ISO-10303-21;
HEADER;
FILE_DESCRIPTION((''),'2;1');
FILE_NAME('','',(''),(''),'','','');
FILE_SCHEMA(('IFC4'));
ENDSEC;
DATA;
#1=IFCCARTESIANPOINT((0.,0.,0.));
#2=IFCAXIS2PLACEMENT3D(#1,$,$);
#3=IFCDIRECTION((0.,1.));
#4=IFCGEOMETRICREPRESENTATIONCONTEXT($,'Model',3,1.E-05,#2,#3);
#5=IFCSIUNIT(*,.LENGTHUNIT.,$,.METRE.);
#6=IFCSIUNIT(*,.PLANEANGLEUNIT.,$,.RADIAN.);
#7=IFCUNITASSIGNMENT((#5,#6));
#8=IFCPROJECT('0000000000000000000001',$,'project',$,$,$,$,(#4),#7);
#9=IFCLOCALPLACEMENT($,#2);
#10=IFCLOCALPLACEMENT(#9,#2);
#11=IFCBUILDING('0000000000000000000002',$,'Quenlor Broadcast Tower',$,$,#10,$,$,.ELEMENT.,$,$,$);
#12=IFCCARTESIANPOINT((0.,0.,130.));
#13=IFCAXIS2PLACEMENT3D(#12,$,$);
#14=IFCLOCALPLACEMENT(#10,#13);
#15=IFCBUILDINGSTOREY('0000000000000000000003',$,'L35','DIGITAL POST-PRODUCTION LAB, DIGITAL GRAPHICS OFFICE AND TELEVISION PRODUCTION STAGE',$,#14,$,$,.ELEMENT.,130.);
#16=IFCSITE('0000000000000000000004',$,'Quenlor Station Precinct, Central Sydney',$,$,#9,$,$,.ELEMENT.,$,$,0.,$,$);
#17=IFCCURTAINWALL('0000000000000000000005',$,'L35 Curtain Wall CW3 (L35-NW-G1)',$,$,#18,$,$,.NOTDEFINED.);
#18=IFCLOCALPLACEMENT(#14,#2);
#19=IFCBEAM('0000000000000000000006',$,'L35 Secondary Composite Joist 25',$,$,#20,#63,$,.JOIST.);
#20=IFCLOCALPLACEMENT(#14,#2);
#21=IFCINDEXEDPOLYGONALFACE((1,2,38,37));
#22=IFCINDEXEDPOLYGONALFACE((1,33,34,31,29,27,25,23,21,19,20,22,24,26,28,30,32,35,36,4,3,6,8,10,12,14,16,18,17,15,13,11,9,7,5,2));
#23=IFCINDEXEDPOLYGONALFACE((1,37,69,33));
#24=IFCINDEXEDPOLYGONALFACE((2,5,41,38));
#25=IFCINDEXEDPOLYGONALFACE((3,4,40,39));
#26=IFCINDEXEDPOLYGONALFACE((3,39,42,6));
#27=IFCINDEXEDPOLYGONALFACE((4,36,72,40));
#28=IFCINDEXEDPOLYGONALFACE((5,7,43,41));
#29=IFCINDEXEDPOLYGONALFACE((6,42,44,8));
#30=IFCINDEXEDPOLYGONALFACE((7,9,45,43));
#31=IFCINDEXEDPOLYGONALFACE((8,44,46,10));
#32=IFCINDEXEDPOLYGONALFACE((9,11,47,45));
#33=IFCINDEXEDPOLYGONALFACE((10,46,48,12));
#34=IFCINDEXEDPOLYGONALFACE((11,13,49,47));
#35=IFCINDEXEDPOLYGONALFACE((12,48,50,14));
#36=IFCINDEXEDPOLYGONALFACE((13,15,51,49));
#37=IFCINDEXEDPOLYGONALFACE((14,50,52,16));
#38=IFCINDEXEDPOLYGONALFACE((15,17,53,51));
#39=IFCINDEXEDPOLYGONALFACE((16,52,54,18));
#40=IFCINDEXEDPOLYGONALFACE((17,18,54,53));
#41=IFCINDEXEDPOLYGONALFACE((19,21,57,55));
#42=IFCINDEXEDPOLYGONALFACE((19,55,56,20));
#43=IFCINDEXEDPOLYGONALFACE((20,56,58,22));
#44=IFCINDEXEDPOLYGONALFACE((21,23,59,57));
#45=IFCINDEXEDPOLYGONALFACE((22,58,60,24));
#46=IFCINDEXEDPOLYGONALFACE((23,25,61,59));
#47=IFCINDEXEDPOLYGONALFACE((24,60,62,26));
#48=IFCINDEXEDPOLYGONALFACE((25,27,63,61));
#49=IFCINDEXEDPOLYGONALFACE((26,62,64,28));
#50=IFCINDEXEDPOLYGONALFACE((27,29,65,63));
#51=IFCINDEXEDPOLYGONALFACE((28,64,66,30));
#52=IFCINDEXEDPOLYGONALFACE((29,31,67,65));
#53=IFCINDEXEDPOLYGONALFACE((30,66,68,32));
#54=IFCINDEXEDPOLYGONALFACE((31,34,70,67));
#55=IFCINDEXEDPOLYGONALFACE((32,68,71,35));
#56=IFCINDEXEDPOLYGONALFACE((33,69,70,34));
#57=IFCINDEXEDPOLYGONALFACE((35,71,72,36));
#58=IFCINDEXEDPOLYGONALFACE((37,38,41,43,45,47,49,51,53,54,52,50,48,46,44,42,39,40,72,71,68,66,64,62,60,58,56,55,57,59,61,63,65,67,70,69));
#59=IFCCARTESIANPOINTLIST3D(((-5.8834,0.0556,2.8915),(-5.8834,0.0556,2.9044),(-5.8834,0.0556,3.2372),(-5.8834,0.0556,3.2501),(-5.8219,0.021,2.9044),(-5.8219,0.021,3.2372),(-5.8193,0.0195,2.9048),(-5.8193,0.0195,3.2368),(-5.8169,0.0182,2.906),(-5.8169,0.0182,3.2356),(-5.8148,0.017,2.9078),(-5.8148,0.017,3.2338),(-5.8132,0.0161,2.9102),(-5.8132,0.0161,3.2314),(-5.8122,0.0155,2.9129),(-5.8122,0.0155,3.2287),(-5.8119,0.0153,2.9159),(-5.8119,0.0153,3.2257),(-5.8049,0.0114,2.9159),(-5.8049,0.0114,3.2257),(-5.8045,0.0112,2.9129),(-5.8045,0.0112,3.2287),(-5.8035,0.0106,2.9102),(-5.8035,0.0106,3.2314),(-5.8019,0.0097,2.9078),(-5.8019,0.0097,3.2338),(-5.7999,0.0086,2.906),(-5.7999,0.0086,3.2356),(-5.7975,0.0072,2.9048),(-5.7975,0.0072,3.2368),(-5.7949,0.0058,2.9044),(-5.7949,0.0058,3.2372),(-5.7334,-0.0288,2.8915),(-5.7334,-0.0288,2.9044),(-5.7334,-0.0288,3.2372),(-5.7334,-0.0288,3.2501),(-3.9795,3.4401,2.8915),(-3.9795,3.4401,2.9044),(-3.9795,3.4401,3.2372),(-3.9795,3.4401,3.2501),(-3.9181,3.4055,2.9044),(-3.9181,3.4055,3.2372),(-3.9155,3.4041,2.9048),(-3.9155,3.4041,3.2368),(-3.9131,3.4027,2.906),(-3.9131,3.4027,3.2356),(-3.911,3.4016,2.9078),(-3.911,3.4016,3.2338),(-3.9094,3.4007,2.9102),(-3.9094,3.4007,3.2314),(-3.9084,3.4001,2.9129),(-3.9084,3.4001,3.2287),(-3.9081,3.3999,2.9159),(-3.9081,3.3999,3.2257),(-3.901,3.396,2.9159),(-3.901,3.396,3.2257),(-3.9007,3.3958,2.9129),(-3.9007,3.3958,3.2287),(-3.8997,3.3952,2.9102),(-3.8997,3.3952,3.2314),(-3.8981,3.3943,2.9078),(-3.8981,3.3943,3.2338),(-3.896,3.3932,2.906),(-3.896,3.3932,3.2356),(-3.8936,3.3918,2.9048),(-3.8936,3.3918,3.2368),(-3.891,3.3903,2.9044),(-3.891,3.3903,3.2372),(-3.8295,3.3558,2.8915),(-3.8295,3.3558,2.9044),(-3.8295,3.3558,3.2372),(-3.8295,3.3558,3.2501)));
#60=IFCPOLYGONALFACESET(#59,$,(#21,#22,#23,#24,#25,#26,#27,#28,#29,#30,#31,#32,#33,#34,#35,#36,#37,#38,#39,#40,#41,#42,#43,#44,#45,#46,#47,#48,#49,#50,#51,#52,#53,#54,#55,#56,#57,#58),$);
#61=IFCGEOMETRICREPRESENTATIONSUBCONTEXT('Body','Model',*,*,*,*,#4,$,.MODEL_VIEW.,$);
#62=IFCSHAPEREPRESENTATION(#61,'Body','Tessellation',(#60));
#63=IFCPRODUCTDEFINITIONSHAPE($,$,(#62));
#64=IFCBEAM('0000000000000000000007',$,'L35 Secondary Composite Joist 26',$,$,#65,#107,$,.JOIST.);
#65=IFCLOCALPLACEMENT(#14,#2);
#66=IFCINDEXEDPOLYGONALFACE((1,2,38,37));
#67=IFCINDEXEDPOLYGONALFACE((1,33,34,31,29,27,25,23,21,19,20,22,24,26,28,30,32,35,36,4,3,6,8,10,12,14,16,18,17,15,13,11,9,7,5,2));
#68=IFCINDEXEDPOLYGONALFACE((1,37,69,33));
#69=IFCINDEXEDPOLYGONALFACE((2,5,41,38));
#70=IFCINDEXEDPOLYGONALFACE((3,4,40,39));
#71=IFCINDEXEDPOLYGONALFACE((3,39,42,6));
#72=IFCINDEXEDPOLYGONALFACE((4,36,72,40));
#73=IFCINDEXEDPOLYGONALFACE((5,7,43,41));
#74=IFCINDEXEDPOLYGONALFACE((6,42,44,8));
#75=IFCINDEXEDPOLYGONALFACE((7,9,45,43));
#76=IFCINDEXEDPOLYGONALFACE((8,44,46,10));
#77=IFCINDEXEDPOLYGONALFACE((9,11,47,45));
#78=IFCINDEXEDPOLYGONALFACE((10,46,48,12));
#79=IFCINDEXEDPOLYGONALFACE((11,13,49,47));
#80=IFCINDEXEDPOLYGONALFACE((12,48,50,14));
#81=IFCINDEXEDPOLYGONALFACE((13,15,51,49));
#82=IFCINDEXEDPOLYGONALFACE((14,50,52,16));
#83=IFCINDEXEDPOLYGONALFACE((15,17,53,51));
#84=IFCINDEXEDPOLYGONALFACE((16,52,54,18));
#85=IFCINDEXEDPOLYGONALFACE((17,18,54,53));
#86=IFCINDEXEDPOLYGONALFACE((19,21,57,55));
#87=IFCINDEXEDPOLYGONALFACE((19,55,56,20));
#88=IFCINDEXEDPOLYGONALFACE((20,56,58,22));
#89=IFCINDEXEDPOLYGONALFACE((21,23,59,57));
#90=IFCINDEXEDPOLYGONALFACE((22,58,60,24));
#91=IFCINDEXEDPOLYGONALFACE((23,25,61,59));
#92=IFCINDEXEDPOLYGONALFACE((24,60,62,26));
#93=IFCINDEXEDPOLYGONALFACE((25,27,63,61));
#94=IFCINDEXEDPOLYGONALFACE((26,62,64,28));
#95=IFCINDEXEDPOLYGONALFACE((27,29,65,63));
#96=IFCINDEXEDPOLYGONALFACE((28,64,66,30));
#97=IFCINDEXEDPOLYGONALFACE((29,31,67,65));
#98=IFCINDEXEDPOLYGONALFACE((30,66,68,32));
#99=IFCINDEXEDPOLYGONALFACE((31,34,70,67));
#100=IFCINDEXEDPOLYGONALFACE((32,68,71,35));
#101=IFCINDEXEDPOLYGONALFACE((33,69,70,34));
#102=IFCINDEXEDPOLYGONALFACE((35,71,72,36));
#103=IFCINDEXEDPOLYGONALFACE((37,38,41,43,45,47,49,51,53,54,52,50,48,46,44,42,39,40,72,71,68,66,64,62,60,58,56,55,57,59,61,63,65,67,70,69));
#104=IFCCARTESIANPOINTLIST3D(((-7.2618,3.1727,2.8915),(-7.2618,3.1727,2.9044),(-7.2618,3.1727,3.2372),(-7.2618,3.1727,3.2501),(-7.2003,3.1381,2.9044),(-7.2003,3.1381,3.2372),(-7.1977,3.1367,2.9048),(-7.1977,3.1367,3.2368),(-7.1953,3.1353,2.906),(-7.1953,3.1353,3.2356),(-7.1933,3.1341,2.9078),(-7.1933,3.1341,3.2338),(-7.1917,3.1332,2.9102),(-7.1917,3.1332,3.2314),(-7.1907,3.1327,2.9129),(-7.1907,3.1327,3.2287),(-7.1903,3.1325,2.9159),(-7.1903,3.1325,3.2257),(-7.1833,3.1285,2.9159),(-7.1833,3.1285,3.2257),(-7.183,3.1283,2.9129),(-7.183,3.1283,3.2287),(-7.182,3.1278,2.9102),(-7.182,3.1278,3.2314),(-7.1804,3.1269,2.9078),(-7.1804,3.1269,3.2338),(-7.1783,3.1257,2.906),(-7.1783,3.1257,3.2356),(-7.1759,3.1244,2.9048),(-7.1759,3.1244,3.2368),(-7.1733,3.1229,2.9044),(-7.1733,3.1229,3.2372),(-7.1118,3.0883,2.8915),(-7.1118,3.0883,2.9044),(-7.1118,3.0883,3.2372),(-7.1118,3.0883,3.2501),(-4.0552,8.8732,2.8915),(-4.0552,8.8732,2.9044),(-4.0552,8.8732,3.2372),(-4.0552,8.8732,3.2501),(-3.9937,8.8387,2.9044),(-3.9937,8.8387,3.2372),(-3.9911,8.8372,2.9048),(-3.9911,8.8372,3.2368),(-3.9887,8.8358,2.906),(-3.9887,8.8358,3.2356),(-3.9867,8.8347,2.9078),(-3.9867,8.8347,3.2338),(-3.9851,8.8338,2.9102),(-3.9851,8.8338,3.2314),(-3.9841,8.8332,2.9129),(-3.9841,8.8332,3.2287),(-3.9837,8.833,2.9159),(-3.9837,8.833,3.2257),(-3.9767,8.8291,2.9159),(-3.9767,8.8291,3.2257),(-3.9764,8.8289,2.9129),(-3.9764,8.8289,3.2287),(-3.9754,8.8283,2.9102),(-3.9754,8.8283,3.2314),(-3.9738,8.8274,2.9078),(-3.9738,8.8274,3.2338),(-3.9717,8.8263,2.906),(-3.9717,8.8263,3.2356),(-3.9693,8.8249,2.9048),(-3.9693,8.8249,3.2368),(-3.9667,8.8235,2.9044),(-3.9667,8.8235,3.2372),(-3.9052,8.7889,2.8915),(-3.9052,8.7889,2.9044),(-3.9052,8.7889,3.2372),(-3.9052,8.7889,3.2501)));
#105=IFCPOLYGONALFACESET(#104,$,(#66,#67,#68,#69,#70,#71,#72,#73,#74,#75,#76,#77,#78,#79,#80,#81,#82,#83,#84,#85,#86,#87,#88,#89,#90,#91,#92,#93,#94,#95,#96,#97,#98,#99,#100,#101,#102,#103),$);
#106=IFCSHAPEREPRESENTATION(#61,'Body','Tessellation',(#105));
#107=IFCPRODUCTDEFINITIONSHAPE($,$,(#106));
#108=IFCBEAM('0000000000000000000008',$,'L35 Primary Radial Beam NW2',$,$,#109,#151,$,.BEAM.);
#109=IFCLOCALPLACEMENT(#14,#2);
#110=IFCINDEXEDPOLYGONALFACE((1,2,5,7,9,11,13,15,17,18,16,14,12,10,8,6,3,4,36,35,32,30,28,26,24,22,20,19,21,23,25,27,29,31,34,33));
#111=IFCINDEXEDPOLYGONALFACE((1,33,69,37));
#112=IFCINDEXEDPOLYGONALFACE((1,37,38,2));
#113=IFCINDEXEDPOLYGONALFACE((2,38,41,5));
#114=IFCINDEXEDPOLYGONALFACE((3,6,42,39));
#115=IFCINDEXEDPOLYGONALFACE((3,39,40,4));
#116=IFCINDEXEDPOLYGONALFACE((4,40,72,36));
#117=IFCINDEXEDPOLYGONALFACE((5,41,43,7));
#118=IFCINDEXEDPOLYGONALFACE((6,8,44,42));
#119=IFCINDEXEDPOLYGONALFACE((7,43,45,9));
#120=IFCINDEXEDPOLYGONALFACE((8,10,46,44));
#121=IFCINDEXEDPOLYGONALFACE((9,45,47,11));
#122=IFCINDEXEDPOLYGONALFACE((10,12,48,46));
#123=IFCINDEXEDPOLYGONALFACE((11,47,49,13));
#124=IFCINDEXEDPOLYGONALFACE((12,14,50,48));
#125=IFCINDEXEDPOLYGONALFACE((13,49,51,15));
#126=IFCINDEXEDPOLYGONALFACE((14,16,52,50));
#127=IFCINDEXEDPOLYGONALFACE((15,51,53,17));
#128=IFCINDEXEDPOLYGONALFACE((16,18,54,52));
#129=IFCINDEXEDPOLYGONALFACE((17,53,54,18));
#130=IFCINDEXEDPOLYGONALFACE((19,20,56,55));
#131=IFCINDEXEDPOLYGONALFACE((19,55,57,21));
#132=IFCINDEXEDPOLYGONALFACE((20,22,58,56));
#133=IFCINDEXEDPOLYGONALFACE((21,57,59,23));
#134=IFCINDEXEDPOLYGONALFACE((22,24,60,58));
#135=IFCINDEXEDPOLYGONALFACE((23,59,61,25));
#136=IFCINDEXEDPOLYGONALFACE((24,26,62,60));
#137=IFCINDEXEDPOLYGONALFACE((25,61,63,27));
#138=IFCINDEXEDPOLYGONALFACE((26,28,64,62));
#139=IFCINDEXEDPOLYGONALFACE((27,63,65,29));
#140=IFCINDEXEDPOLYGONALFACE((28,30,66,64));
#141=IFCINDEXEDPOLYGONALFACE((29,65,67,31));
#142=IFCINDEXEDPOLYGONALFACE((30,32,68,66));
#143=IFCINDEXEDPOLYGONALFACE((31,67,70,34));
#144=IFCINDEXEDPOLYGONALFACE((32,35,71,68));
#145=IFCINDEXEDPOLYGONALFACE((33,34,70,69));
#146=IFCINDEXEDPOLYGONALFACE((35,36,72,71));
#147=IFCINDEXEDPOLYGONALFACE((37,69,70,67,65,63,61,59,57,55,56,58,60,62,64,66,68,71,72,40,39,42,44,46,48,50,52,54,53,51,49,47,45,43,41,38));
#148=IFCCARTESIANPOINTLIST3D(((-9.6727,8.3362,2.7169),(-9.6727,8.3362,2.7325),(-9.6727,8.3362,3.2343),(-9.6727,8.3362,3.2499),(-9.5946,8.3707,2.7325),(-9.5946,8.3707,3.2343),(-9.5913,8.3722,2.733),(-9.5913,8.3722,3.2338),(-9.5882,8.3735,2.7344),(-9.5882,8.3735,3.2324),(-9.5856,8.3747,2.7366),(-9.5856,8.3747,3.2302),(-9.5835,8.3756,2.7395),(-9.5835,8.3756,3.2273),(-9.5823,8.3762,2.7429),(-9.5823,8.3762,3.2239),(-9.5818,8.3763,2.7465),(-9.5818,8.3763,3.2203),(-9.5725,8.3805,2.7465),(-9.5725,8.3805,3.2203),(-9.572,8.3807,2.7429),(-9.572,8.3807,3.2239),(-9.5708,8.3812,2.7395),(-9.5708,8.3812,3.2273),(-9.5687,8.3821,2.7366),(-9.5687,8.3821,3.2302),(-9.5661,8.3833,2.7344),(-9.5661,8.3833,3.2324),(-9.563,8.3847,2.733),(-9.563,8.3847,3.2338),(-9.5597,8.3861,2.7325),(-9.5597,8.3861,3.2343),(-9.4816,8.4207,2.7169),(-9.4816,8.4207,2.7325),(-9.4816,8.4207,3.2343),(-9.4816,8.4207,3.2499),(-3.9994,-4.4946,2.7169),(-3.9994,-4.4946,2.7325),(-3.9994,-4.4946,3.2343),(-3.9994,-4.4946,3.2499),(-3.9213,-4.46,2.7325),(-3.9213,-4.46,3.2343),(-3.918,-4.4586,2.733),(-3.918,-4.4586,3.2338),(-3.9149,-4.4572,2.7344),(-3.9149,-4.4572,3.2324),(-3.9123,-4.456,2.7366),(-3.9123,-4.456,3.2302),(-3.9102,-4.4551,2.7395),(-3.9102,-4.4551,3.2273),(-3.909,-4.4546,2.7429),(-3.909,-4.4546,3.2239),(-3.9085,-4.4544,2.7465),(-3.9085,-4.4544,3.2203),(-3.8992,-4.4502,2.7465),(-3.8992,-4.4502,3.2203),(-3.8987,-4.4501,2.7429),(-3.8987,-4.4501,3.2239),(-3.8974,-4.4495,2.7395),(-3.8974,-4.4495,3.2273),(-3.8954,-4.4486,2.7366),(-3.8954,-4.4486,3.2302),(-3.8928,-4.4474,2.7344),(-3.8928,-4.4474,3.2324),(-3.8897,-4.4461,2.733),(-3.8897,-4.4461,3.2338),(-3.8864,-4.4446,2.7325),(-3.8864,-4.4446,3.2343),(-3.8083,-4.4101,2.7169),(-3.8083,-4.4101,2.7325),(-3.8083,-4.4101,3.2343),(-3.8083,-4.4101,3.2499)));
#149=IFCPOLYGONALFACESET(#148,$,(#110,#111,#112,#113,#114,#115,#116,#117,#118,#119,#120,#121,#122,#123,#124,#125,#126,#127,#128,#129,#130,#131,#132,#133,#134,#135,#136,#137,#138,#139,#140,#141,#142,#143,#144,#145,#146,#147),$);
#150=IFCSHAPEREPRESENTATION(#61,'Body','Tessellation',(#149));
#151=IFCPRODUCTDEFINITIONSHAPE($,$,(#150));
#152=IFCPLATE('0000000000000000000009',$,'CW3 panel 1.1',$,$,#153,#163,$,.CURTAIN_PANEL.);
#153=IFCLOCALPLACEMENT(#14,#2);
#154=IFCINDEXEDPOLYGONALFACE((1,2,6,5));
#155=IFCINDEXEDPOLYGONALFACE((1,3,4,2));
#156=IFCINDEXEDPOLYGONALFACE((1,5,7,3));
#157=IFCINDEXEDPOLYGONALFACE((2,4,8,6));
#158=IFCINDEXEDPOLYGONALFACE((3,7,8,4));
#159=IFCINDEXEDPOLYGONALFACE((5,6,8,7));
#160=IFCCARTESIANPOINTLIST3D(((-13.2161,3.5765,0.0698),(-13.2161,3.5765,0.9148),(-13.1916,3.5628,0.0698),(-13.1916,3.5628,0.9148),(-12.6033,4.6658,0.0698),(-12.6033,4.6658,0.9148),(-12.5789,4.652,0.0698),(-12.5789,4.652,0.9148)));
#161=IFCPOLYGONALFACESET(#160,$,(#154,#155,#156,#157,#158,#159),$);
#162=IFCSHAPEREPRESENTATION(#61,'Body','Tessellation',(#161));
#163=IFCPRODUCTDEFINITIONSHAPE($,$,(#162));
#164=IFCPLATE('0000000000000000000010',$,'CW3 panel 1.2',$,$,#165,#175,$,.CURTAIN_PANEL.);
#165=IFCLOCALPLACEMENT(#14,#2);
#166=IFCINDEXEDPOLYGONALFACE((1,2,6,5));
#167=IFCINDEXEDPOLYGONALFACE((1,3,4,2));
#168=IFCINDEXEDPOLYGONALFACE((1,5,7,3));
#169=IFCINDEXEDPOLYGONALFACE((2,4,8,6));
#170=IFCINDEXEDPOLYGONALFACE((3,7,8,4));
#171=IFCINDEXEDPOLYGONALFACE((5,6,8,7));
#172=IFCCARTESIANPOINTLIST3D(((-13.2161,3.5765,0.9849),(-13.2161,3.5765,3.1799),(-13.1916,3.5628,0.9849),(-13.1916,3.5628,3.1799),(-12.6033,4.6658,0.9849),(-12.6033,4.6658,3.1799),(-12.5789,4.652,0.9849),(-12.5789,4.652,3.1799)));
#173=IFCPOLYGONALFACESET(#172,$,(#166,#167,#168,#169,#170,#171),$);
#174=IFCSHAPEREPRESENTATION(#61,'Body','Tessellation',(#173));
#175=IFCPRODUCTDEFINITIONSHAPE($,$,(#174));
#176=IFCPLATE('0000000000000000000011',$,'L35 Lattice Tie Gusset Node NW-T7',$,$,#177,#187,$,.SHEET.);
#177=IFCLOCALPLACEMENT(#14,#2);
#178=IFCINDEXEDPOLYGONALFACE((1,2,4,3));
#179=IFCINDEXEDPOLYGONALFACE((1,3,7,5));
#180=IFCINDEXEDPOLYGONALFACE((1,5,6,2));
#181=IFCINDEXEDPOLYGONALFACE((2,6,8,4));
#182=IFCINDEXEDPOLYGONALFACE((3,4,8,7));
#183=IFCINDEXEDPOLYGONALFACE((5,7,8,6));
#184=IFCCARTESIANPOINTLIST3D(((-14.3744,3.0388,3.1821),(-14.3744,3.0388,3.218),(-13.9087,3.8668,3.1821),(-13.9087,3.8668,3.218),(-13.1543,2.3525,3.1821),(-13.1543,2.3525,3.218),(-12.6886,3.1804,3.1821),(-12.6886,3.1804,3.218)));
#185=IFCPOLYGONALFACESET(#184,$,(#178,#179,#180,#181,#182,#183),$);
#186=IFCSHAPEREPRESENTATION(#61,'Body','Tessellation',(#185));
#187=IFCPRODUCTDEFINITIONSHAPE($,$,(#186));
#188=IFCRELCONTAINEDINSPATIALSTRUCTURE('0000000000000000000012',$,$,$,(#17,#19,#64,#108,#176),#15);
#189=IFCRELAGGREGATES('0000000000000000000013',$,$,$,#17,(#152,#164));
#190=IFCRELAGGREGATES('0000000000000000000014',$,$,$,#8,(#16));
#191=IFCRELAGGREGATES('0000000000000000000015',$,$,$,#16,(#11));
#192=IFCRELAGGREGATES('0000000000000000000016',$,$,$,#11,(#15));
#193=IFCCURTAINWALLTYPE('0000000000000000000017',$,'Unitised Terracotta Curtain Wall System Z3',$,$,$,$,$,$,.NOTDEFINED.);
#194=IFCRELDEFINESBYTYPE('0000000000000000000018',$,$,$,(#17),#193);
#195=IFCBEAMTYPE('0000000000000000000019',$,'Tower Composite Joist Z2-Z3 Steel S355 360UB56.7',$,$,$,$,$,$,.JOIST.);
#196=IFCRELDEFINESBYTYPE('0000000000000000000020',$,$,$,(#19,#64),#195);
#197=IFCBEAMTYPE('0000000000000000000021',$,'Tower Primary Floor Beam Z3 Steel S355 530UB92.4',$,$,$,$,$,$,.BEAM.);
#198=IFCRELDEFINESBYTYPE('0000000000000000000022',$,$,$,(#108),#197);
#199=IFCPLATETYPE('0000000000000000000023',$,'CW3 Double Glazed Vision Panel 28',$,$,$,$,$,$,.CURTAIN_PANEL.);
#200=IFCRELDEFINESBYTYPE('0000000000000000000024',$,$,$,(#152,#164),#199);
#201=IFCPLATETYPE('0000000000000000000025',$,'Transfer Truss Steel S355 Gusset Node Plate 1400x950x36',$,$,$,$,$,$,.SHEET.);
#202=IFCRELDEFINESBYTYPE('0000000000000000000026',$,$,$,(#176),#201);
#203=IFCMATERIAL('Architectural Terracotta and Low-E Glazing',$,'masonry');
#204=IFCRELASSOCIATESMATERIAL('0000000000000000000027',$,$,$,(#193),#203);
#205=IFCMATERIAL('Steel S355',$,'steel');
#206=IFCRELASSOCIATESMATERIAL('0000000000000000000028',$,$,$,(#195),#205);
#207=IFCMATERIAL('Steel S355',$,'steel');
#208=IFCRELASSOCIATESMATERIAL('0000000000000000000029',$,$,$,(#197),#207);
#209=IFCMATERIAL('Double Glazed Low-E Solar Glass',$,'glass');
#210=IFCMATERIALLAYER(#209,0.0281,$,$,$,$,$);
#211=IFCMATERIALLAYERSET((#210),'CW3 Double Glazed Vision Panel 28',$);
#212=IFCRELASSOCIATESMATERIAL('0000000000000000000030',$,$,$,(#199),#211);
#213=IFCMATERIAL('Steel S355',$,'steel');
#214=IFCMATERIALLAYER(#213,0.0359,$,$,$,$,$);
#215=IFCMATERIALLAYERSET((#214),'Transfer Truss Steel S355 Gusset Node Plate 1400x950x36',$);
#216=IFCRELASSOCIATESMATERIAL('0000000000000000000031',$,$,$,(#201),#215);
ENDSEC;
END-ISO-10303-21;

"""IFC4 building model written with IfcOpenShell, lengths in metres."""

from ifc_helpers import new_model, si_unit, direction, frame, origin, origin_2d, place, context, subcontext, project, spatial, rectangle, i_section, extrude, material, layer, layer_set, material_profile, profile_set, type_object, element, aggregate, save


model = new_model("IFC4")

# Units and contexts
model_context = context("Model", 3, precision=1e-05, world=origin(), true_north=direction((0.0, 1.0)))
body_context = subcontext(model_context, "Body", "Model", "MODEL_VIEW")
ifc_project = project(units=[si_unit("LENGTHUNIT", "METRE"), si_unit("PLANEANGLEUNIT", "RADIAN")], contexts=[model_context])

# Site, building, storey
site_placement = place(None, origin())
site = spatial("IfcSite", under=ifc_project, at=site_placement, Name="Quenlor Station Precinct, Central Sydney", CompositionType="ELEMENT", RefElevation=0.0)
building_placement = place(site_placement, origin())
building = spatial("IfcBuilding", under=site, at=building_placement, Name="Quenlor Broadcast Tower", CompositionType="ELEMENT")
storey_placement = place(building_placement, frame((0.0, 0.0, 130.0)))
storey = spatial("IfcBuildingStorey", under=building, at=storey_placement, Name="L35", Description="DIGITAL POST-PRODUCTION LAB, DIGITAL GRAPHICS OFFICE AND TELEVISION PRODUCTION STAGE", CompositionType="ELEMENT", Elevation=130.0)

# Shared definitions
ifc_material_1 = material(Name="Architectural Terracotta and Low-E Glazing", Category="masonry")
curtain_wall_type = type_object("IfcCurtainWallType", Name="Unitised Terracotta Curtain Wall System Z3", PredefinedType="NOTDEFINED", material=ifc_material_1)

# Curtain wall
curtain_wall_1_placement = place(storey_placement, origin())
curtain_wall_1 = element("IfcCurtainWall", 1, at=curtain_wall_1_placement, inside=storey, type_object=curtain_wall_type, Name="L35 Curtain Wall CW3 (L35-NW-G1)", PredefinedType="NOTDEFINED")

# Beams
ifc_material_2 = material(Name="Steel S355", Category="steel")
ifc_material_profile_1 = material_profile(ifc_material_2, i_section(OverallWidth=0.1721, OverallDepth=0.3586, WebThickness=0.0081, FlangeThickness=0.0129, FilletRadius=0.0115, at=origin_2d()))
ifc_profile_set_1 = profile_set([ifc_material_profile_1], Name="Steel S355 360UB56.7")
beam_type_1 = type_object("IfcBeamType", Name="Tower Composite Joist Z2-Z3 Steel S355 360UB56.7", PredefinedType="JOIST", material=ifc_profile_set_1)
beam_1_placement = place(storey_placement, frame((-3.9045, 3.3979, 3.0708), z_axis=(-0.490264, -0.871574, 0.0), x_axis=(0.871574, -0.490264, 0.0)))
element("IfcBeam", 2, at=beam_1_placement, inside=storey, type_object=beam_type_1, Name="L35 Secondary Composite Joist 25", PredefinedType="JOIST", context=body_context, shape_type="SweptSolid", body=[
    extrude(i_section(OverallWidth=0.1721, OverallDepth=0.3586, WebThickness=0.0081, FlangeThickness=0.0129, FilletRadius=0.0115, at=origin_2d()), origin(), (0.0, 0.0, 1.0), 3.8833),
])
beam_2_placement = place(storey_placement, frame((-3.9802, 8.8311, 3.0708), z_axis=(-0.490267, -0.871573, 0.0), x_axis=(0.871573, -0.490267, 0.0)))
element("IfcBeam", 3, at=beam_2_placement, inside=storey, type_object=beam_type_1, Name="L35 Secondary Composite Joist 26", PredefinedType="JOIST", context=body_context, shape_type="SweptSolid", body=[
    extrude(i_section(OverallWidth=0.1721, OverallDepth=0.3586, WebThickness=0.0081, FlangeThickness=0.0129, FilletRadius=0.0115, at=origin_2d()), origin(), (0.0, 0.0, 1.0), 6.5405),
])
ifc_material_3 = material(Name="Steel S355", Category="steel")
ifc_material_profile_2 = material_profile(ifc_material_3, i_section(OverallWidth=0.209, OverallDepth=0.533, WebThickness=0.0103, FlangeThickness=0.0156, FilletRadius=0.0139, at=origin_2d()))
ifc_profile_set_2 = profile_set([ifc_material_profile_2], Name="Steel S355 530UB92.4")
beam_type_2 = type_object("IfcBeamType", Name="Tower Primary Floor Beam Z3 Steel S355 530UB92.4", PredefinedType="BEAM", material=ifc_profile_set_2)
beam_3_placement = place(storey_placement, frame((-9.5771, 8.3784, 2.9834), z_axis=(0.404397, -0.914583, 0.0), x_axis=(0.914583, 0.404397, 0.0)))
element("IfcBeam", 4, at=beam_3_placement, inside=storey, type_object=beam_type_2, Name="L35 Primary Radial Beam NW2", PredefinedType="BEAM", context=body_context, shape_type="SweptSolid", body=[
    extrude(i_section(OverallWidth=0.209, OverallDepth=0.533, WebThickness=0.0103, FlangeThickness=0.0156, FilletRadius=0.0139, at=origin_2d()), origin(), (0.0, 0.0, 1.0), 14.0291),
])

# Plates
ifc_material_4 = material(Name="Double Glazed Low-E Solar Glass", Category="glass")
ifc_layer_1 = layer(ifc_material_4, 0.0281)
ifc_layer_set_1 = layer_set([ifc_layer_1], Name="CW3 Double Glazed Vision Panel 28")
plate_type_1 = type_object("IfcPlateType", Name="CW3 Double Glazed Vision Panel 28", PredefinedType="CURTAIN_PANEL", material=ifc_layer_set_1)
plate_1_placement = place(storey_placement, frame((-12.8975, 4.1143, 0.0698), z_axis=(0.0, 0.0, 1.0), x_axis=(0.490285, 0.871562, 0.0)))
plate_1 = element("IfcPlate", 5, at=plate_1_placement, type_object=plate_type_1, Name="CW3 panel 1.1", PredefinedType="CURTAIN_PANEL", context=body_context, shape_type="SweptSolid", body=[
    extrude(rectangle(XDim=1.2498, YDim=0.0281, at=origin_2d()), origin(), (0.0, 0.0, 1.0), 0.845),
])
plate_2_placement = place(storey_placement, frame((-12.8975, 4.1143, 0.9849), z_axis=(0.0, 0.0, 1.0), x_axis=(0.490285, 0.871562, 0.0)))
plate_2 = element("IfcPlate", 6, at=plate_2_placement, type_object=plate_type_1, Name="CW3 panel 1.2", PredefinedType="CURTAIN_PANEL", context=body_context, shape_type="SweptSolid", body=[
    extrude(rectangle(XDim=1.2498, YDim=0.0281, at=origin_2d()), origin(), (0.0, 0.0, 1.0), 2.1951),
])
aggregate(curtain_wall_1, [plate_1, plate_2])

# Plate
ifc_material_5 = material(Name="Steel S355", Category="steel")
ifc_layer_2 = layer(ifc_material_5, 0.0359)
ifc_layer_set_2 = layer_set([ifc_layer_2], Name="Transfer Truss Steel S355 Gusset Node Plate 1400x950x36")
plate_type_2 = type_object("IfcPlateType", Name="Transfer Truss Steel S355 Gusset Node Plate 1400x950x36", PredefinedType="SHEET", material=ifc_layer_set_2)
for number, where, z_axis, x_axis, name in (
    (7, (-13.5315, 3.1096, 3.1821), (0.0, 0.0, 1.0), (-0.871556, 0.490295, 0.0), "L35 Lattice Tie Gusset Node NW-T7"),
):
    element("IfcPlate", number, at=place(storey_placement, frame(where, z_axis=z_axis, x_axis=x_axis)), inside=storey, type_object=plate_type_2, Name=name, PredefinedType="SHEET", context=body_context, shape_type="SweptSolid", body=[
        extrude(rectangle(XDim=1.3999, YDim=0.95, at=origin_2d()), origin(), (0.0, 0.0, 1.0), 0.0359),
    ])

save(model, "model.ifc")
